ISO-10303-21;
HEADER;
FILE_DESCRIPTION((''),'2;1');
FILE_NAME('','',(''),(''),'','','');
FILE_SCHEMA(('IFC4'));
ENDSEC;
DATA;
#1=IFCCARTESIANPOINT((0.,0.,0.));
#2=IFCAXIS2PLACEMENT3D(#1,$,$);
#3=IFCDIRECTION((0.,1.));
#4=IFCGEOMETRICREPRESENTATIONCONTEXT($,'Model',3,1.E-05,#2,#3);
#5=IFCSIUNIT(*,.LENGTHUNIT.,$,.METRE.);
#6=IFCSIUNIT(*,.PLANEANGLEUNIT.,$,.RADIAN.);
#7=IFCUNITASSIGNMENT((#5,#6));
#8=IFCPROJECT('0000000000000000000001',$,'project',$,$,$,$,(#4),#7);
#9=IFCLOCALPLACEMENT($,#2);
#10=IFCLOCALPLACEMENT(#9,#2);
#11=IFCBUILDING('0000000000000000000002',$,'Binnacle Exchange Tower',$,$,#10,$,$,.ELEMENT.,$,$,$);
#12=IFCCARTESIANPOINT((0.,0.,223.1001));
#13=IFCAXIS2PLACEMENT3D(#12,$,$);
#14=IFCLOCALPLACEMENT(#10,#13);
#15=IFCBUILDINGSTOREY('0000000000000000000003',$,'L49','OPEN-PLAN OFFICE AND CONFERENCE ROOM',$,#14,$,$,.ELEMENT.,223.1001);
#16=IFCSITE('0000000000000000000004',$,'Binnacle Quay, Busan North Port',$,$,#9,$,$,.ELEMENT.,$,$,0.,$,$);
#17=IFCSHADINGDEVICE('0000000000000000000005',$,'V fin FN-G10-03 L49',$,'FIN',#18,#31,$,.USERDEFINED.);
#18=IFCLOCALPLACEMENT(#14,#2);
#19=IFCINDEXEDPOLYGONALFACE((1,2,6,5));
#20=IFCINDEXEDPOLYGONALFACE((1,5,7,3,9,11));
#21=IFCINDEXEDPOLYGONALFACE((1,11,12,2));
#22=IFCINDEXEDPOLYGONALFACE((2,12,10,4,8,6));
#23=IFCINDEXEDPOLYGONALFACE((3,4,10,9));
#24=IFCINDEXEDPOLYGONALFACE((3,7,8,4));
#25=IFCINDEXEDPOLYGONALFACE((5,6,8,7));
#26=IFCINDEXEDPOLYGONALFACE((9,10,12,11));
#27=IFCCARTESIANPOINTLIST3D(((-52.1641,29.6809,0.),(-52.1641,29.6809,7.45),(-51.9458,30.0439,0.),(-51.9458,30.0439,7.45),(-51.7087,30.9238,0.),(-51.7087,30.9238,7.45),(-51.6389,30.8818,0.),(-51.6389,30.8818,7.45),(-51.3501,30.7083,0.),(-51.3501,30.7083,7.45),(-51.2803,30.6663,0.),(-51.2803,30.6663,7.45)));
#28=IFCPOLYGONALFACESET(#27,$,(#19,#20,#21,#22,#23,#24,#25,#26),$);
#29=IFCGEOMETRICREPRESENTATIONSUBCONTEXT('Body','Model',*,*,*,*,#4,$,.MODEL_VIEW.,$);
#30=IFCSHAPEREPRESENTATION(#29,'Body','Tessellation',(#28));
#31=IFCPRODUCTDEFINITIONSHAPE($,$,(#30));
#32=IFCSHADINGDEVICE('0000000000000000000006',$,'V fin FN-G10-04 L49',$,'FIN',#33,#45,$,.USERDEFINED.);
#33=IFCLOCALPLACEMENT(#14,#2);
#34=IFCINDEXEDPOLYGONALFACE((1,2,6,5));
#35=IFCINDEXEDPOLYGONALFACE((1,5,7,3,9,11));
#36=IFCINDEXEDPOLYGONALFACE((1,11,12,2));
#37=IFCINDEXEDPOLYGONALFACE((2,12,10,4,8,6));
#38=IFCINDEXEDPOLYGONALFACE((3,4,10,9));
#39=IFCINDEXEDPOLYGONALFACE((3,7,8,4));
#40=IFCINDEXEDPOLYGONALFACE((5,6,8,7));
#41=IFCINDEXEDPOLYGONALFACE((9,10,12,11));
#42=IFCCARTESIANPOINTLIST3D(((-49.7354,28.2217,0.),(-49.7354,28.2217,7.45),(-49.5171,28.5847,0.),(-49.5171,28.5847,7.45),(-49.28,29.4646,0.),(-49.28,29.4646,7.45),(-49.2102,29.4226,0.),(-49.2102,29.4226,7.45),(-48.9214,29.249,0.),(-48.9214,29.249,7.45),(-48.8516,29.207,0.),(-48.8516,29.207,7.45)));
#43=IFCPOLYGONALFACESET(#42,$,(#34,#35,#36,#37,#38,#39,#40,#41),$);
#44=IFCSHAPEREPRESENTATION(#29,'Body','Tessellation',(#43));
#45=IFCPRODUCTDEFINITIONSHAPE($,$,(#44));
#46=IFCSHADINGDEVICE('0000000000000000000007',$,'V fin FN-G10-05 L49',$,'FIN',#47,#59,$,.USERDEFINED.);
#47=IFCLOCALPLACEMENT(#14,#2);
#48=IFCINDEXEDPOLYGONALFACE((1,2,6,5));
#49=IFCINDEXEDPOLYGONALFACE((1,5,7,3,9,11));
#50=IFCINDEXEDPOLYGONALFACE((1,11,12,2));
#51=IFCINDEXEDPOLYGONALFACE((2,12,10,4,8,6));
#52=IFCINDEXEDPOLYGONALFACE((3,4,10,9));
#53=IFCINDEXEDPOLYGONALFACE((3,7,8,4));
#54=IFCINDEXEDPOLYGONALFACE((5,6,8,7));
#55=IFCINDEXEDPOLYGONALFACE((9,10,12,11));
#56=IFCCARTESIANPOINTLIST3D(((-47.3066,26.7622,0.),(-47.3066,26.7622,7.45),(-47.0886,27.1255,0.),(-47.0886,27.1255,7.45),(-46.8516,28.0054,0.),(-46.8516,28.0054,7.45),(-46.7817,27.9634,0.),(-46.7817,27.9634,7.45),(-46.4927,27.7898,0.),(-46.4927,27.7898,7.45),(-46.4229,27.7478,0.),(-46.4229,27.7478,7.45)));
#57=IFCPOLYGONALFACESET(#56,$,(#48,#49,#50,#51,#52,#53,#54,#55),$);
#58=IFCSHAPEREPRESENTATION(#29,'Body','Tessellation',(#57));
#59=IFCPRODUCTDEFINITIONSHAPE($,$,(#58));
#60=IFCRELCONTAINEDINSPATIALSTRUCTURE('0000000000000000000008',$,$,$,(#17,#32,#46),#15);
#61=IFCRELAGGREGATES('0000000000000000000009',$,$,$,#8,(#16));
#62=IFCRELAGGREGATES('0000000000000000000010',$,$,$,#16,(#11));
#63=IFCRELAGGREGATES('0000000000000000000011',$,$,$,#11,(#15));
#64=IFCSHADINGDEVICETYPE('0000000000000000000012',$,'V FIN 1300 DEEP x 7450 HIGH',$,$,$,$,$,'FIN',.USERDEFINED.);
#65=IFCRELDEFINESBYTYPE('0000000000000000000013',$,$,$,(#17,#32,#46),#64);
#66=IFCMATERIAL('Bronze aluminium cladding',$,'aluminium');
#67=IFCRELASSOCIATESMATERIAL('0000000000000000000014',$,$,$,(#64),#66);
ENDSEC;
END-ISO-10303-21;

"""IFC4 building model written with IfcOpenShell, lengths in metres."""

from ifc_helpers import new_model, si_unit, direction, frame, origin, place, context, subcontext, project, spatial, polyline, outline, extrude, material, type_object, element, save


model = new_model("IFC4")

# Units and contexts
model_context = context("Model", 3, precision=1e-05, world=origin(), true_north=direction((0.0, 1.0)))
body_context = subcontext(model_context, "Body", "Model", "MODEL_VIEW")
ifc_project = project(units=[si_unit("LENGTHUNIT", "METRE"), si_unit("PLANEANGLEUNIT", "RADIAN")], contexts=[model_context])

# Site, building, storey
site_placement = place(None, origin())
site = spatial("IfcSite", under=ifc_project, at=site_placement, Name="Binnacle Quay, Busan North Port", CompositionType="ELEMENT", RefElevation=0.0)
building_placement = place(site_placement, origin())
building = spatial("IfcBuilding", under=site, at=building_placement, Name="Binnacle Exchange Tower", CompositionType="ELEMENT")
storey_placement = place(building_placement, frame((0.0, 0.0, 223.1001)))
storey = spatial("IfcBuildingStorey", under=building, at=storey_placement, Name="L49", Description="OPEN-PLAN OFFICE AND CONFERENCE ROOM", CompositionType="ELEMENT", Elevation=223.1001)

# Shading devices
ifc_material_1 = material(Name="Bronze aluminium cladding", Category="aluminium")
shading_device_type = type_object("IfcShadingDeviceType", Name="V FIN 1300 DEEP x 7450 HIGH", ElementType="FIN", PredefinedType="USERDEFINED", material=ifc_material_1)
shading_device_1_placement = place(storey_placement, origin())
element("IfcShadingDevice", 1, at=shading_device_1_placement, inside=storey, type_object=shading_device_type, Name="V fin FN-G10-03 L49", ObjectType="FIN", PredefinedType="USERDEFINED", context=body_context, shape_type="SweptSolid", body=[
    extrude(outline(polyline([(-51.7087, 30.9238), (-52.1641, 29.6809), (-51.2803, 30.6663), (-51.3501, 30.7083), (-51.9458, 30.0439), (-51.6389, 30.8818), (-51.7087, 30.9238)])), origin(), (0.0, 0.0, 1.0), 7.45),
])
shading_device_2_placement = place(storey_placement, origin())
element("IfcShadingDevice", 2, at=shading_device_2_placement, inside=storey, type_object=shading_device_type, Name="V fin FN-G10-04 L49", ObjectType="FIN", PredefinedType="USERDEFINED", context=body_context, shape_type="SweptSolid", body=[
    extrude(outline(polyline([(-49.28, 29.4646), (-49.7354, 28.2217), (-48.8516, 29.207), (-48.9214, 29.249), (-49.5171, 28.5847), (-49.2102, 29.4226), (-49.28, 29.4646)])), origin(), (0.0, 0.0, 1.0), 7.45),
])
shading_device_3_placement = place(storey_placement, origin())
element("IfcShadingDevice", 3, at=shading_device_3_placement, inside=storey, type_object=shading_device_type, Name="V fin FN-G10-05 L49", ObjectType="FIN", PredefinedType="USERDEFINED", context=body_context, shape_type="SweptSolid", body=[
    extrude(outline(polyline([(-46.8516, 28.0054), (-47.3066, 26.7622), (-46.4229, 27.7478), (-46.4927, 27.7898), (-47.0886, 27.1255), (-46.7817, 27.9634), (-46.8516, 28.0054)])), origin(), (0.0, 0.0, 1.0), 7.45),
])

save(model, "model.ifc")
